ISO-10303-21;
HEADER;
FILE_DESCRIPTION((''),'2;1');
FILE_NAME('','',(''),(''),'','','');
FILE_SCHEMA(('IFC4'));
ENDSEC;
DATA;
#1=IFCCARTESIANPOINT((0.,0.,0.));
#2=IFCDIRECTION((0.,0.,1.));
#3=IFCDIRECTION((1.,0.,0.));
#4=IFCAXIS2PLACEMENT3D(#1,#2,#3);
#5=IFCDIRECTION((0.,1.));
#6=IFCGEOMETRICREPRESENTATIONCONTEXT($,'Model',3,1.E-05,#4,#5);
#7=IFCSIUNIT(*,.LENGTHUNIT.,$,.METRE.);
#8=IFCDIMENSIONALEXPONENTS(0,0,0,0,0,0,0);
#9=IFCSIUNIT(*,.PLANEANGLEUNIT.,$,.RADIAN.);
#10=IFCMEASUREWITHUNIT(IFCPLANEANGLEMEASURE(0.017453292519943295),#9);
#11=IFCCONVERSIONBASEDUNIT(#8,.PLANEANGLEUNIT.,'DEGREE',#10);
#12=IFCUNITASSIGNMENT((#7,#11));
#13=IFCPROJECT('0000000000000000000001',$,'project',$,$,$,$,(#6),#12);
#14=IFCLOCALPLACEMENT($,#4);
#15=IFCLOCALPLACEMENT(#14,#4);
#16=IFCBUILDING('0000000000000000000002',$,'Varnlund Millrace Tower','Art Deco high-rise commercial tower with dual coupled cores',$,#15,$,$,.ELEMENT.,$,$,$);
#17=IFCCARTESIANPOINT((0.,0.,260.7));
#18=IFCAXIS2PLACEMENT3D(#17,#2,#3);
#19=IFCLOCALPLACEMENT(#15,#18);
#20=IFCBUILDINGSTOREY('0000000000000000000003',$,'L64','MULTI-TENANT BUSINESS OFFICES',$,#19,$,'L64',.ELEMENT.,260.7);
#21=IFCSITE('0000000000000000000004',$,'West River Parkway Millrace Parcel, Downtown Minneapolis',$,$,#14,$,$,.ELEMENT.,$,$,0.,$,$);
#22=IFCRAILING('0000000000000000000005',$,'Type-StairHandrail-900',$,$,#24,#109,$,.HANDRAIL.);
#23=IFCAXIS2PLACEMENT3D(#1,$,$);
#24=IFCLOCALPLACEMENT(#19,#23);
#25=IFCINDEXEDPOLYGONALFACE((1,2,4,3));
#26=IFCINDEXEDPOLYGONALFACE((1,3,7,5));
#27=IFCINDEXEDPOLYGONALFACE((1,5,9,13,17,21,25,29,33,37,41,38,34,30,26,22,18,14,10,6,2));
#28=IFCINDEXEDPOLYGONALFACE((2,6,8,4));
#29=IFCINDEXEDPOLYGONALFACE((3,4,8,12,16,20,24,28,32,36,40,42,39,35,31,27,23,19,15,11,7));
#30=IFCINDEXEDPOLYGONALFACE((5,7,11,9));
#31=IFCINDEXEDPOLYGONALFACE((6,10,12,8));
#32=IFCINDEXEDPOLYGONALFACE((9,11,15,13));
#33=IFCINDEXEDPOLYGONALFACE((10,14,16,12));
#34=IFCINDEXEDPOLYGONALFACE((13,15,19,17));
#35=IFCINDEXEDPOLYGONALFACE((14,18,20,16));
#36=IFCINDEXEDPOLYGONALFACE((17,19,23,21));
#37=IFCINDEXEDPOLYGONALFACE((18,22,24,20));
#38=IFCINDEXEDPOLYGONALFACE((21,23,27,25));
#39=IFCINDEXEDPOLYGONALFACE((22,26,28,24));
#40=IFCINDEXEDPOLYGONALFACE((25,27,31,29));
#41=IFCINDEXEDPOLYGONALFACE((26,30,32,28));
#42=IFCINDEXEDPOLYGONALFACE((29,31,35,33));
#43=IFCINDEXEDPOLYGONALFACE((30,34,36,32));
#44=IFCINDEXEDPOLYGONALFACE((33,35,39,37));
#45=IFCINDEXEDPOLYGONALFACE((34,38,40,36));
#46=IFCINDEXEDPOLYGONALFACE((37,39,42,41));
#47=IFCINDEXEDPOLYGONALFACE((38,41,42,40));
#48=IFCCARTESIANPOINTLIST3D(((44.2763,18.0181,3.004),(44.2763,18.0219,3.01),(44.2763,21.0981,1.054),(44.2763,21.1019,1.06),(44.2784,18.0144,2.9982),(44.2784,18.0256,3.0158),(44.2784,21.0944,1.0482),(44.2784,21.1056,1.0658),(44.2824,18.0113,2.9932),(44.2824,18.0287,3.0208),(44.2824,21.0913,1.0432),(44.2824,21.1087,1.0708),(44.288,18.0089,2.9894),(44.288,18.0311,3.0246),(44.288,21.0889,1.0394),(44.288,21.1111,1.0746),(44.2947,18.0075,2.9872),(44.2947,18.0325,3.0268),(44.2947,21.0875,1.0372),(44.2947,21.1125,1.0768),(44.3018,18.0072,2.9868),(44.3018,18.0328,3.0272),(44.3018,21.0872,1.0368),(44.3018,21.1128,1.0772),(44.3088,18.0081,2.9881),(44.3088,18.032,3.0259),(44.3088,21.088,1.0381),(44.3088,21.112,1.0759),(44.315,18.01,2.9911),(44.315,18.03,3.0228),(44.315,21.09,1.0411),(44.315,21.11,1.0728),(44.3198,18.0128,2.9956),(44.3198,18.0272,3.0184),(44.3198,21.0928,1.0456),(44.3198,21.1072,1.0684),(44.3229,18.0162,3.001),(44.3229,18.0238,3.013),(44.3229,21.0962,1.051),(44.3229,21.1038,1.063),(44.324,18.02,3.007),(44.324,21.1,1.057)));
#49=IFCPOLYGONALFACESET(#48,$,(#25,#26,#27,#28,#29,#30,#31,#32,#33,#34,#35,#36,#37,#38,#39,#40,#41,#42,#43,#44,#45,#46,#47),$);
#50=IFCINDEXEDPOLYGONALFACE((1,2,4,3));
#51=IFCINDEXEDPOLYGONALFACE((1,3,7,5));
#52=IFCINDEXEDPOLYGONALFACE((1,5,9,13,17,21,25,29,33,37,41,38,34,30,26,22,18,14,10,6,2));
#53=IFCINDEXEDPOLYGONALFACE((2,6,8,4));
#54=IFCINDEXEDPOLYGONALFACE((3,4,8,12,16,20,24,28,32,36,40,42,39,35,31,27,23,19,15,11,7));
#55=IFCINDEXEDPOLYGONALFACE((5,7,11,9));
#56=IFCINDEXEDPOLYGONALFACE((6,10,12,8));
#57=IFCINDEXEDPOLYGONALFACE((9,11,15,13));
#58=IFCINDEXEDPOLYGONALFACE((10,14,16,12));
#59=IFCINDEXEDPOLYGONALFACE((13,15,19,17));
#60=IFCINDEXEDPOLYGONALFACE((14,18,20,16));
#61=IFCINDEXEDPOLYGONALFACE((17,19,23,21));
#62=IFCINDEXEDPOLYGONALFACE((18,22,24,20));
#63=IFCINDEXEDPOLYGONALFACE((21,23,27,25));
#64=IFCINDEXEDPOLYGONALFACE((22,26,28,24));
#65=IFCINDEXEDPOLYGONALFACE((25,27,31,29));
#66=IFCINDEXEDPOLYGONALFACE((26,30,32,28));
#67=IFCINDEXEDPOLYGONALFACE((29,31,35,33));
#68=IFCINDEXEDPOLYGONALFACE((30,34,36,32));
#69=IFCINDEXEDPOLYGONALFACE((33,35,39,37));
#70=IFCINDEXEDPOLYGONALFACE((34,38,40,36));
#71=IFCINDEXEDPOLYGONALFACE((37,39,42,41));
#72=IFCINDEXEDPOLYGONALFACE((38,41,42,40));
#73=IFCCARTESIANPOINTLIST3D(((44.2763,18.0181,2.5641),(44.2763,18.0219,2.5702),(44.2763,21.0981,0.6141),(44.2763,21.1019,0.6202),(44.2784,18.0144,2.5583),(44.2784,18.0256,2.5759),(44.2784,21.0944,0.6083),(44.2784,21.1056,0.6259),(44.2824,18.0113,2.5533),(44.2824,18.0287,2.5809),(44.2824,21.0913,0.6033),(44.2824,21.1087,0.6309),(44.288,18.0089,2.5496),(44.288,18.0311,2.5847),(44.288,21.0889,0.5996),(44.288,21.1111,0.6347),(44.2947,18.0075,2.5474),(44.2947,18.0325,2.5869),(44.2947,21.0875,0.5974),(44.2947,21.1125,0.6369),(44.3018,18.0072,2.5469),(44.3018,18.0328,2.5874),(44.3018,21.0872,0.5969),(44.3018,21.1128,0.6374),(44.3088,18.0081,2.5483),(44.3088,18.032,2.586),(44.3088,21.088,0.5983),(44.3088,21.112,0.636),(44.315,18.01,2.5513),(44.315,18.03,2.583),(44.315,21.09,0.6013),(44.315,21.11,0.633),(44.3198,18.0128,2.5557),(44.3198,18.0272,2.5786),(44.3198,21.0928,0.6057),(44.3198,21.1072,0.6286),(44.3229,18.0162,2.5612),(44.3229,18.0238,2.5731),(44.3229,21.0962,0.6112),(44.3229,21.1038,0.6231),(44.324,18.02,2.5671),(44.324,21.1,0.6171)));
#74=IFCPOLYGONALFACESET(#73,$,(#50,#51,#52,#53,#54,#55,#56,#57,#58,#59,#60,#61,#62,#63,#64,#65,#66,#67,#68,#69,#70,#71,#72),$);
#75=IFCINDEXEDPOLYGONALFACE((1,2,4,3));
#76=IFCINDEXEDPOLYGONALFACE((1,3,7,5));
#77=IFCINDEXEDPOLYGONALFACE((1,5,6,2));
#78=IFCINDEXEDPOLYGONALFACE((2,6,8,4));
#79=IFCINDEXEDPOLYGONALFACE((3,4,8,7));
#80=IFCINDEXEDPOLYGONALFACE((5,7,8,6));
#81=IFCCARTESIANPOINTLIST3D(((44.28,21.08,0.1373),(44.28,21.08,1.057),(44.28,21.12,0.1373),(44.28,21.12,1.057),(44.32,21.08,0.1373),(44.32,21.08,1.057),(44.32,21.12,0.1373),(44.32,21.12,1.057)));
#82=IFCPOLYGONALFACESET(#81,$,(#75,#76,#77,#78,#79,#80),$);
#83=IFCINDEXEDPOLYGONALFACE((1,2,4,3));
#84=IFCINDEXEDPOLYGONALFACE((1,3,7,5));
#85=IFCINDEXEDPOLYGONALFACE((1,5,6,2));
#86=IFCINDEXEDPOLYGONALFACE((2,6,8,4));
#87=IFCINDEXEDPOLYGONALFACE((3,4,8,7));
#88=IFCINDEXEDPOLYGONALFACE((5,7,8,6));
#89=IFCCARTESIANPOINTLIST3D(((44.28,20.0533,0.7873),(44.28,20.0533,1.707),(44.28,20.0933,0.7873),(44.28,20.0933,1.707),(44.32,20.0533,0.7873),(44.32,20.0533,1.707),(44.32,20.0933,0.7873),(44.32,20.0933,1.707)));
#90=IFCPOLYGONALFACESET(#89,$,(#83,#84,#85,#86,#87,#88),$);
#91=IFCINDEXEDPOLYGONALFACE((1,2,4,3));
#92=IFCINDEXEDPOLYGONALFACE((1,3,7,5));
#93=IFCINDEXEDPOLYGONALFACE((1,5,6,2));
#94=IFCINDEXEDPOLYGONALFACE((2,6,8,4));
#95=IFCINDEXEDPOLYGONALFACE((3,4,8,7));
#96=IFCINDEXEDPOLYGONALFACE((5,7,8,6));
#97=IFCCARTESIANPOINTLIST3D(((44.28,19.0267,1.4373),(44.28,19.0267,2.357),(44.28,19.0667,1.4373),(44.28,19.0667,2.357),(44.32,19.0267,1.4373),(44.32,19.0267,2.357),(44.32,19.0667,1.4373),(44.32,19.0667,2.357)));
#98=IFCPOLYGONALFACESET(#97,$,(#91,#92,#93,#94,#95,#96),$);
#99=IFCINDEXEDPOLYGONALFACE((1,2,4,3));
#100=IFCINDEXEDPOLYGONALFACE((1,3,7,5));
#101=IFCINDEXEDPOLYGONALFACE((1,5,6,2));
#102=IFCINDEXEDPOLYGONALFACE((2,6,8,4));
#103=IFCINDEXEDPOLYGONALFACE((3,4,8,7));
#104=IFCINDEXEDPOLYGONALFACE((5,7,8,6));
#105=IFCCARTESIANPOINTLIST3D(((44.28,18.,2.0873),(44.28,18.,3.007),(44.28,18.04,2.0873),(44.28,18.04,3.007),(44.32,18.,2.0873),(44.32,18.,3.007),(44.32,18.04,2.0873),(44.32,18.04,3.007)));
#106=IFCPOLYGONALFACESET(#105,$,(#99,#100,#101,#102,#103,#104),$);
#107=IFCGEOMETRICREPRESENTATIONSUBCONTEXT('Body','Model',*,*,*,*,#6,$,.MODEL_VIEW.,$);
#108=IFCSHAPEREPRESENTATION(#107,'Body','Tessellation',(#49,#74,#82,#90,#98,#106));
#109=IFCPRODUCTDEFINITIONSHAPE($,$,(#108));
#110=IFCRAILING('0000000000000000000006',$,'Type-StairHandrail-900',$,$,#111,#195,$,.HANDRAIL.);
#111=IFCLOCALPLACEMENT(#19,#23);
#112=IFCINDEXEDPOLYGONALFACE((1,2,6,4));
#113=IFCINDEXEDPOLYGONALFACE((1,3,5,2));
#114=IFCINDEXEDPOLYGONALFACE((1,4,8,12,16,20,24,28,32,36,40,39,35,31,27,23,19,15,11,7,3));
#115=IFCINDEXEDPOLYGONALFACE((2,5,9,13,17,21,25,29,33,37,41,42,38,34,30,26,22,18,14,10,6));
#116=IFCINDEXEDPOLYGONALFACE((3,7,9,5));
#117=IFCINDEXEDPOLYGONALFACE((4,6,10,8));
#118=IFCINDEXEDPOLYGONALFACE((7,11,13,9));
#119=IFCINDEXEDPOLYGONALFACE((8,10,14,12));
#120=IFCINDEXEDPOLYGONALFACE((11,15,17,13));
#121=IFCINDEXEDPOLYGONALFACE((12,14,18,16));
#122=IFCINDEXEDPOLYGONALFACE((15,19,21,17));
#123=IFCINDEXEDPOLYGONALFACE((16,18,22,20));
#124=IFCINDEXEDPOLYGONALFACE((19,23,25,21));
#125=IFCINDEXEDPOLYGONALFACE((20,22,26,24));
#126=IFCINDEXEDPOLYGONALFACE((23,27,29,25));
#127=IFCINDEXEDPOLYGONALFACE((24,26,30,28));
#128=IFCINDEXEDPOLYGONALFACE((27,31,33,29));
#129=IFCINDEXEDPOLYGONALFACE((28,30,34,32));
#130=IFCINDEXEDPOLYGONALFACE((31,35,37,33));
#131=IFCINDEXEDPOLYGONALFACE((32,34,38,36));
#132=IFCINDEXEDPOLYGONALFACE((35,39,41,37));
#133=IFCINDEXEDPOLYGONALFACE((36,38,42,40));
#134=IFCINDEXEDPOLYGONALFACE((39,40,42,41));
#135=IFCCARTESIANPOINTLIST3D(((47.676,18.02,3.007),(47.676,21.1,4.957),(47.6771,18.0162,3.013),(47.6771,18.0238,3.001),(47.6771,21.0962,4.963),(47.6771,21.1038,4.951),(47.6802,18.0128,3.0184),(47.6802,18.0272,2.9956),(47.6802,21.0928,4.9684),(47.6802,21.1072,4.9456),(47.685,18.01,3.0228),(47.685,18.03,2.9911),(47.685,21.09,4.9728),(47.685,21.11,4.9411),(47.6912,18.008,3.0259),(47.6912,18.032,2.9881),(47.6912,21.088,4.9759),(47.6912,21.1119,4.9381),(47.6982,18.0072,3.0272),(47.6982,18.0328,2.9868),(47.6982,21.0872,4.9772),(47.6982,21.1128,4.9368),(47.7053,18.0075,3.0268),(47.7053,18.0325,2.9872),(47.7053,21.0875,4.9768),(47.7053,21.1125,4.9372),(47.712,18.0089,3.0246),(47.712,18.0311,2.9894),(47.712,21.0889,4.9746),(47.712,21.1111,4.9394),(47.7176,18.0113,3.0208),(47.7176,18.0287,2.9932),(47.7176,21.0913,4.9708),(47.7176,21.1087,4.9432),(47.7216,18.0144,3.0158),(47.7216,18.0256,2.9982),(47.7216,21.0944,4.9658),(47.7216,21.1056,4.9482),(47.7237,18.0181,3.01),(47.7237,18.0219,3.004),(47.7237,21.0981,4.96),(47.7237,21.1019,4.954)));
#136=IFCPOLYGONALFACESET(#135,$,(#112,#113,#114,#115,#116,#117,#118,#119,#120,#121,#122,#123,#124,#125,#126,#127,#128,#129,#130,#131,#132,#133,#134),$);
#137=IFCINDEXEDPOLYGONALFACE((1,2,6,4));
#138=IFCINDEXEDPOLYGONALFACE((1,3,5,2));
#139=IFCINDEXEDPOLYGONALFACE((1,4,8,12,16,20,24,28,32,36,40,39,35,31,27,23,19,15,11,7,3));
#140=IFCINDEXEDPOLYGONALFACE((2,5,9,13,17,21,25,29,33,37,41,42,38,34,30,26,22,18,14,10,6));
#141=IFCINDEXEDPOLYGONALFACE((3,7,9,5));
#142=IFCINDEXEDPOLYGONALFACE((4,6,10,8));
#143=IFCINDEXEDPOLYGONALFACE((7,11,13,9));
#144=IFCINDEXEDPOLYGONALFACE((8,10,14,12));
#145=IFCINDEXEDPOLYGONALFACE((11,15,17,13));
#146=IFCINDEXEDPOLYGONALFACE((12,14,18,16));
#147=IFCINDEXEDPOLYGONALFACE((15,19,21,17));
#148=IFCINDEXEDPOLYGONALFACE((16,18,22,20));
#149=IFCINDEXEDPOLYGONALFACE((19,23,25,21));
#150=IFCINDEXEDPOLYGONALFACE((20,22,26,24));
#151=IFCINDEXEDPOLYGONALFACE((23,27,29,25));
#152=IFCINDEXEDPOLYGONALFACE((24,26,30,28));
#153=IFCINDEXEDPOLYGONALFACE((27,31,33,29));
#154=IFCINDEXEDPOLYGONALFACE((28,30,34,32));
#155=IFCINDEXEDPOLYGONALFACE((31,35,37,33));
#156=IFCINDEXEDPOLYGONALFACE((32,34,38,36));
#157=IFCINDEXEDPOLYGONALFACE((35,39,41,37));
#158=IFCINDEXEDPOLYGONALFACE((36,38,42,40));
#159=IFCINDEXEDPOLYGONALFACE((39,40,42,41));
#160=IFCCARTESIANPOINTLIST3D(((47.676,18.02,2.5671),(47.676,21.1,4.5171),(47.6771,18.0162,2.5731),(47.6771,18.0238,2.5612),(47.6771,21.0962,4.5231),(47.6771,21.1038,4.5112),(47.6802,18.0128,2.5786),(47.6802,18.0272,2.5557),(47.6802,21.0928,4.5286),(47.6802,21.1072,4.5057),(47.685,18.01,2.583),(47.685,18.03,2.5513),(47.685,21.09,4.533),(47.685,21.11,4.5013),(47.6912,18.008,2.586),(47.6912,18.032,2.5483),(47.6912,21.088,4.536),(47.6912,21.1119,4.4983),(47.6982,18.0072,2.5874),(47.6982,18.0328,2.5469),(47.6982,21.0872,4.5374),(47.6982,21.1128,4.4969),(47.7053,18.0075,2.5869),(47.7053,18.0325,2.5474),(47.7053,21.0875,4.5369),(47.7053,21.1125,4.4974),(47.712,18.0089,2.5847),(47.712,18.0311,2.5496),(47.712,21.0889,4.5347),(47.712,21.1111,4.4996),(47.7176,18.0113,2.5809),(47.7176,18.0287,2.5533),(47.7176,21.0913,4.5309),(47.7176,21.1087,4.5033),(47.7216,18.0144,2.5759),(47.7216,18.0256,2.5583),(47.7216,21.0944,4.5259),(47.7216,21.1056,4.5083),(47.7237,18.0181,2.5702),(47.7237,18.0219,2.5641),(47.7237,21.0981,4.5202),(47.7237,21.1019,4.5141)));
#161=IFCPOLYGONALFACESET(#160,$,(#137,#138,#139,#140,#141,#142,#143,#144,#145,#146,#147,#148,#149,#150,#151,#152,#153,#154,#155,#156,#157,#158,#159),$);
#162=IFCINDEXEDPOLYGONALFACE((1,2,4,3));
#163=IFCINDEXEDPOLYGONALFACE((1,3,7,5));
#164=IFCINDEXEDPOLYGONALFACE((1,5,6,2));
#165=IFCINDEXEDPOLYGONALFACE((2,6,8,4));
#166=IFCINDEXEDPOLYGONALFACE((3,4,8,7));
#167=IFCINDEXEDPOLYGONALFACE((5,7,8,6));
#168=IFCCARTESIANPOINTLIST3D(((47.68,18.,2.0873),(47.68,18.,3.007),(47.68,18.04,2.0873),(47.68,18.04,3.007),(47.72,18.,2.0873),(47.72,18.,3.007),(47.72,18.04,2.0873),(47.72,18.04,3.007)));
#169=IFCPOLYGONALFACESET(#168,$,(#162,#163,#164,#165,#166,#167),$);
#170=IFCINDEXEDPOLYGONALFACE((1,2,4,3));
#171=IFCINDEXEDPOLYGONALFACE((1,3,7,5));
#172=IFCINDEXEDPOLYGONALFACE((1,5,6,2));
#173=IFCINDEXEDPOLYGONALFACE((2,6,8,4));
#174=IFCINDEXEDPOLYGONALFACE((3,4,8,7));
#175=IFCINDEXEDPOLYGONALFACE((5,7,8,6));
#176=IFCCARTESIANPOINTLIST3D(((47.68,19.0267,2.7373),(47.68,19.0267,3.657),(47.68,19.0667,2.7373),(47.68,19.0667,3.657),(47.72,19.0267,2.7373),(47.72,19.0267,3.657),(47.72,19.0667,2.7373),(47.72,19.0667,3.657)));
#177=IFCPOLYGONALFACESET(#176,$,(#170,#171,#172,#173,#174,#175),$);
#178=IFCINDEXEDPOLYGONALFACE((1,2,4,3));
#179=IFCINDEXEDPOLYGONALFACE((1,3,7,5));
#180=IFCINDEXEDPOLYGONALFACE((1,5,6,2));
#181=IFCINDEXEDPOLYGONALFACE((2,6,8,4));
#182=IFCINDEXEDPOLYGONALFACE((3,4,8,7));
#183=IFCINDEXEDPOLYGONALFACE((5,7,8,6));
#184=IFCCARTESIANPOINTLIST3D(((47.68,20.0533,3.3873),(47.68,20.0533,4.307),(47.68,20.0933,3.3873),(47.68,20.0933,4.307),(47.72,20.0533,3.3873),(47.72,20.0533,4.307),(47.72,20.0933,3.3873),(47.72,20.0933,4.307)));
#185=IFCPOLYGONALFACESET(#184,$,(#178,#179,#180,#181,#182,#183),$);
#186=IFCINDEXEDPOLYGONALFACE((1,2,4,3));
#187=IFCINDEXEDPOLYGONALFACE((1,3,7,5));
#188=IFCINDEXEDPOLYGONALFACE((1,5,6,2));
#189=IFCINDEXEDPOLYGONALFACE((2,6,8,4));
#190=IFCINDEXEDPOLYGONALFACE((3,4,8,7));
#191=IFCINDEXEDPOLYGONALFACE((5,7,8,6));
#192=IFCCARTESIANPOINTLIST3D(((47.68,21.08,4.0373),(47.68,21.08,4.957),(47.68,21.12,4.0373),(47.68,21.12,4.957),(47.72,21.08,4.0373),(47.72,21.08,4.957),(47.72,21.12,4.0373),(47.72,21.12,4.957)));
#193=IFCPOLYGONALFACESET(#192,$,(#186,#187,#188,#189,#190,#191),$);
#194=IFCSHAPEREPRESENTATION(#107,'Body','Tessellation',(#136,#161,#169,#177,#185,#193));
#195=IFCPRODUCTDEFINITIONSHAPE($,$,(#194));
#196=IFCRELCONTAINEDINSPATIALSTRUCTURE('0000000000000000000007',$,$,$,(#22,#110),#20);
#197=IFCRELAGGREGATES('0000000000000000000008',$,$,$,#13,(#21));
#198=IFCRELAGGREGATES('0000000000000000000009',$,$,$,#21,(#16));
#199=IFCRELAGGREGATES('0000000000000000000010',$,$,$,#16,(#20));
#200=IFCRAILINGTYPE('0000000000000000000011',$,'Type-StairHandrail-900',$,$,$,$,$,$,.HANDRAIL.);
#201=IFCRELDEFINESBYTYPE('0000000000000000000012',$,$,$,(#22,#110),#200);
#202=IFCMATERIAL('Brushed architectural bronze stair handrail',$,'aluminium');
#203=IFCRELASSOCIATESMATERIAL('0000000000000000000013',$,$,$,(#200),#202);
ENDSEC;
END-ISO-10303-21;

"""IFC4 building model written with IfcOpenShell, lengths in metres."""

from ifc_helpers import new_model, entity, si_unit, converted_unit, direction, frame, origin_with_axes, origin_2d_with_axis, place, context, subcontext, project, spatial, rectangle, circle, extrude, material, type_object, element, save


model = new_model("IFC4")

# Units and contexts
model_context = context("Model", 3, precision=1e-05, world=origin_with_axes(), true_north=direction((0.0, 1.0)))
body_context = subcontext(model_context, "Body", "Model", "MODEL_VIEW")
ifc_project = project(units=[si_unit("LENGTHUNIT", "METRE"), converted_unit("PLANEANGLEUNIT", "DEGREE", entity("IfcPlaneAngleMeasure", 0.017453292519943295), si_unit("PLANEANGLEUNIT", "RADIAN"), dimensions=[0, 0, 0, 0, 0, 0, 0])], contexts=[model_context])

# Site, building, storey
site_placement = place(None, origin_with_axes())
site = spatial("IfcSite", under=ifc_project, at=site_placement, Name="West River Parkway Millrace Parcel, Downtown Minneapolis", CompositionType="ELEMENT", RefElevation=0.0)
building_placement = place(site_placement, origin_with_axes())
building = spatial("IfcBuilding", under=site, at=building_placement, Name="Varnlund Millrace Tower", Description="Art Deco high-rise commercial tower with dual coupled cores", CompositionType="ELEMENT")
storey_placement = place(building_placement, frame((0.0, 0.0, 260.7), z_axis=(0.0, 0.0, 1.0), x_axis=(1.0, 0.0, 0.0)))
storey = spatial("IfcBuildingStorey", under=building, at=storey_placement, Name="L64", Description="MULTI-TENANT BUSINESS OFFICES", LongName="L64", CompositionType="ELEMENT", Elevation=260.7)

# Railings
ifc_material_1 = material(Name="Brushed architectural bronze stair handrail", Category="aluminium")
railing_type = type_object("IfcRailingType", Name="Type-StairHandrail-900", PredefinedType="HANDRAIL", material=ifc_material_1)
railing_1_placement = place(storey_placement, frame((0.0, 0.0, -260.7), z_axis=(0.0, 0.0, 1.0), x_axis=(1.0, 0.0, 0.0)))
element("IfcRailing", 1, at=railing_1_placement, inside=storey, type_object=railing_type, Name="Type-StairHandrail-900", PredefinedType="HANDRAIL", context=body_context, shape_type="SweptSolid", body=[
    extrude(circle(Radius=0.024, at=origin_2d_with_axis()), frame((44.3, 21.1, 261.757), z_axis=(0.0, -0.844902, 0.534922), x_axis=(1.0, 0.0, 0.0)), (0.0, 0.0, 1.0), 3.6454),
    extrude(circle(Radius=0.024, at=origin_2d_with_axis()), frame((44.3, 21.1, 261.3171), z_axis=(0.0, -0.844902, 0.534922), x_axis=(1.0, 0.0, 0.0)), (0.0, 0.0, 1.0), 3.6454),
    extrude(rectangle(XDim=0.04, YDim=0.04, at=origin_2d_with_axis()), frame((44.3, 21.1, 260.8373), z_axis=(0.0, 0.0, 1.0), x_axis=(1.0, 0.0, 0.0)), (0.0, 0.0, 1.0), 0.9197),
    extrude(rectangle(XDim=0.04, YDim=0.04, at=origin_2d_with_axis()), frame((44.3, 20.0733, 261.4873), z_axis=(0.0, 0.0, 1.0), x_axis=(1.0, 0.0, 0.0)), (0.0, 0.0, 1.0), 0.9197),
    extrude(rectangle(XDim=0.04, YDim=0.04, at=origin_2d_with_axis()), frame((44.3, 19.0467, 262.1373), z_axis=(0.0, 0.0, 1.0), x_axis=(1.0, 0.0, 0.0)), (0.0, 0.0, 1.0), 0.9197),
    extrude(rectangle(XDim=0.04, YDim=0.04, at=origin_2d_with_axis()), frame((44.3, 18.02, 262.7873), z_axis=(0.0, 0.0, 1.0), x_axis=(1.0, 0.0, 0.0)), (0.0, 0.0, 1.0), 0.9197),
])
railing_2_placement = place(storey_placement, frame((0.0, 0.0, -260.7), z_axis=(0.0, 0.0, 1.0), x_axis=(1.0, 0.0, 0.0)))
element("IfcRailing", 2, at=railing_2_placement, inside=storey, type_object=railing_type, Name="Type-StairHandrail-900", PredefinedType="HANDRAIL", context=body_context, shape_type="SweptSolid", body=[
    extrude(circle(Radius=0.024, at=origin_2d_with_axis()), frame((47.7, 18.02, 263.707), z_axis=(0.0, 0.844902, 0.534922), x_axis=(-1.0, 0.0, 0.0)), (0.0, 0.0, 1.0), 3.6454),
    extrude(circle(Radius=0.024, at=origin_2d_with_axis()), frame((47.7, 18.02, 263.2671), z_axis=(0.0, 0.844902, 0.534922), x_axis=(-1.0, 0.0, 0.0)), (0.0, 0.0, 1.0), 3.6454),
    extrude(rectangle(XDim=0.04, YDim=0.04, at=origin_2d_with_axis()), frame((47.7, 18.02, 262.7873), z_axis=(0.0, 0.0, 1.0), x_axis=(1.0, 0.0, 0.0)), (0.0, 0.0, 1.0), 0.9197),
    extrude(rectangle(XDim=0.04, YDim=0.04, at=origin_2d_with_axis()), frame((47.7, 19.0467, 263.4373), z_axis=(0.0, 0.0, 1.0), x_axis=(1.0, 0.0, 0.0)), (0.0, 0.0, 1.0), 0.9197),
    extrude(rectangle(XDim=0.04, YDim=0.04, at=origin_2d_with_axis()), frame((47.7, 20.0733, 264.0873), z_axis=(0.0, 0.0, 1.0), x_axis=(1.0, 0.0, 0.0)), (0.0, 0.0, 1.0), 0.9197),
    extrude(rectangle(XDim=0.04, YDim=0.04, at=origin_2d_with_axis()), frame((47.7, 21.1, 264.7373), z_axis=(0.0, 0.0, 1.0), x_axis=(1.0, 0.0, 0.0)), (0.0, 0.0, 1.0), 0.9197),
])

save(model, "model.ifc")
